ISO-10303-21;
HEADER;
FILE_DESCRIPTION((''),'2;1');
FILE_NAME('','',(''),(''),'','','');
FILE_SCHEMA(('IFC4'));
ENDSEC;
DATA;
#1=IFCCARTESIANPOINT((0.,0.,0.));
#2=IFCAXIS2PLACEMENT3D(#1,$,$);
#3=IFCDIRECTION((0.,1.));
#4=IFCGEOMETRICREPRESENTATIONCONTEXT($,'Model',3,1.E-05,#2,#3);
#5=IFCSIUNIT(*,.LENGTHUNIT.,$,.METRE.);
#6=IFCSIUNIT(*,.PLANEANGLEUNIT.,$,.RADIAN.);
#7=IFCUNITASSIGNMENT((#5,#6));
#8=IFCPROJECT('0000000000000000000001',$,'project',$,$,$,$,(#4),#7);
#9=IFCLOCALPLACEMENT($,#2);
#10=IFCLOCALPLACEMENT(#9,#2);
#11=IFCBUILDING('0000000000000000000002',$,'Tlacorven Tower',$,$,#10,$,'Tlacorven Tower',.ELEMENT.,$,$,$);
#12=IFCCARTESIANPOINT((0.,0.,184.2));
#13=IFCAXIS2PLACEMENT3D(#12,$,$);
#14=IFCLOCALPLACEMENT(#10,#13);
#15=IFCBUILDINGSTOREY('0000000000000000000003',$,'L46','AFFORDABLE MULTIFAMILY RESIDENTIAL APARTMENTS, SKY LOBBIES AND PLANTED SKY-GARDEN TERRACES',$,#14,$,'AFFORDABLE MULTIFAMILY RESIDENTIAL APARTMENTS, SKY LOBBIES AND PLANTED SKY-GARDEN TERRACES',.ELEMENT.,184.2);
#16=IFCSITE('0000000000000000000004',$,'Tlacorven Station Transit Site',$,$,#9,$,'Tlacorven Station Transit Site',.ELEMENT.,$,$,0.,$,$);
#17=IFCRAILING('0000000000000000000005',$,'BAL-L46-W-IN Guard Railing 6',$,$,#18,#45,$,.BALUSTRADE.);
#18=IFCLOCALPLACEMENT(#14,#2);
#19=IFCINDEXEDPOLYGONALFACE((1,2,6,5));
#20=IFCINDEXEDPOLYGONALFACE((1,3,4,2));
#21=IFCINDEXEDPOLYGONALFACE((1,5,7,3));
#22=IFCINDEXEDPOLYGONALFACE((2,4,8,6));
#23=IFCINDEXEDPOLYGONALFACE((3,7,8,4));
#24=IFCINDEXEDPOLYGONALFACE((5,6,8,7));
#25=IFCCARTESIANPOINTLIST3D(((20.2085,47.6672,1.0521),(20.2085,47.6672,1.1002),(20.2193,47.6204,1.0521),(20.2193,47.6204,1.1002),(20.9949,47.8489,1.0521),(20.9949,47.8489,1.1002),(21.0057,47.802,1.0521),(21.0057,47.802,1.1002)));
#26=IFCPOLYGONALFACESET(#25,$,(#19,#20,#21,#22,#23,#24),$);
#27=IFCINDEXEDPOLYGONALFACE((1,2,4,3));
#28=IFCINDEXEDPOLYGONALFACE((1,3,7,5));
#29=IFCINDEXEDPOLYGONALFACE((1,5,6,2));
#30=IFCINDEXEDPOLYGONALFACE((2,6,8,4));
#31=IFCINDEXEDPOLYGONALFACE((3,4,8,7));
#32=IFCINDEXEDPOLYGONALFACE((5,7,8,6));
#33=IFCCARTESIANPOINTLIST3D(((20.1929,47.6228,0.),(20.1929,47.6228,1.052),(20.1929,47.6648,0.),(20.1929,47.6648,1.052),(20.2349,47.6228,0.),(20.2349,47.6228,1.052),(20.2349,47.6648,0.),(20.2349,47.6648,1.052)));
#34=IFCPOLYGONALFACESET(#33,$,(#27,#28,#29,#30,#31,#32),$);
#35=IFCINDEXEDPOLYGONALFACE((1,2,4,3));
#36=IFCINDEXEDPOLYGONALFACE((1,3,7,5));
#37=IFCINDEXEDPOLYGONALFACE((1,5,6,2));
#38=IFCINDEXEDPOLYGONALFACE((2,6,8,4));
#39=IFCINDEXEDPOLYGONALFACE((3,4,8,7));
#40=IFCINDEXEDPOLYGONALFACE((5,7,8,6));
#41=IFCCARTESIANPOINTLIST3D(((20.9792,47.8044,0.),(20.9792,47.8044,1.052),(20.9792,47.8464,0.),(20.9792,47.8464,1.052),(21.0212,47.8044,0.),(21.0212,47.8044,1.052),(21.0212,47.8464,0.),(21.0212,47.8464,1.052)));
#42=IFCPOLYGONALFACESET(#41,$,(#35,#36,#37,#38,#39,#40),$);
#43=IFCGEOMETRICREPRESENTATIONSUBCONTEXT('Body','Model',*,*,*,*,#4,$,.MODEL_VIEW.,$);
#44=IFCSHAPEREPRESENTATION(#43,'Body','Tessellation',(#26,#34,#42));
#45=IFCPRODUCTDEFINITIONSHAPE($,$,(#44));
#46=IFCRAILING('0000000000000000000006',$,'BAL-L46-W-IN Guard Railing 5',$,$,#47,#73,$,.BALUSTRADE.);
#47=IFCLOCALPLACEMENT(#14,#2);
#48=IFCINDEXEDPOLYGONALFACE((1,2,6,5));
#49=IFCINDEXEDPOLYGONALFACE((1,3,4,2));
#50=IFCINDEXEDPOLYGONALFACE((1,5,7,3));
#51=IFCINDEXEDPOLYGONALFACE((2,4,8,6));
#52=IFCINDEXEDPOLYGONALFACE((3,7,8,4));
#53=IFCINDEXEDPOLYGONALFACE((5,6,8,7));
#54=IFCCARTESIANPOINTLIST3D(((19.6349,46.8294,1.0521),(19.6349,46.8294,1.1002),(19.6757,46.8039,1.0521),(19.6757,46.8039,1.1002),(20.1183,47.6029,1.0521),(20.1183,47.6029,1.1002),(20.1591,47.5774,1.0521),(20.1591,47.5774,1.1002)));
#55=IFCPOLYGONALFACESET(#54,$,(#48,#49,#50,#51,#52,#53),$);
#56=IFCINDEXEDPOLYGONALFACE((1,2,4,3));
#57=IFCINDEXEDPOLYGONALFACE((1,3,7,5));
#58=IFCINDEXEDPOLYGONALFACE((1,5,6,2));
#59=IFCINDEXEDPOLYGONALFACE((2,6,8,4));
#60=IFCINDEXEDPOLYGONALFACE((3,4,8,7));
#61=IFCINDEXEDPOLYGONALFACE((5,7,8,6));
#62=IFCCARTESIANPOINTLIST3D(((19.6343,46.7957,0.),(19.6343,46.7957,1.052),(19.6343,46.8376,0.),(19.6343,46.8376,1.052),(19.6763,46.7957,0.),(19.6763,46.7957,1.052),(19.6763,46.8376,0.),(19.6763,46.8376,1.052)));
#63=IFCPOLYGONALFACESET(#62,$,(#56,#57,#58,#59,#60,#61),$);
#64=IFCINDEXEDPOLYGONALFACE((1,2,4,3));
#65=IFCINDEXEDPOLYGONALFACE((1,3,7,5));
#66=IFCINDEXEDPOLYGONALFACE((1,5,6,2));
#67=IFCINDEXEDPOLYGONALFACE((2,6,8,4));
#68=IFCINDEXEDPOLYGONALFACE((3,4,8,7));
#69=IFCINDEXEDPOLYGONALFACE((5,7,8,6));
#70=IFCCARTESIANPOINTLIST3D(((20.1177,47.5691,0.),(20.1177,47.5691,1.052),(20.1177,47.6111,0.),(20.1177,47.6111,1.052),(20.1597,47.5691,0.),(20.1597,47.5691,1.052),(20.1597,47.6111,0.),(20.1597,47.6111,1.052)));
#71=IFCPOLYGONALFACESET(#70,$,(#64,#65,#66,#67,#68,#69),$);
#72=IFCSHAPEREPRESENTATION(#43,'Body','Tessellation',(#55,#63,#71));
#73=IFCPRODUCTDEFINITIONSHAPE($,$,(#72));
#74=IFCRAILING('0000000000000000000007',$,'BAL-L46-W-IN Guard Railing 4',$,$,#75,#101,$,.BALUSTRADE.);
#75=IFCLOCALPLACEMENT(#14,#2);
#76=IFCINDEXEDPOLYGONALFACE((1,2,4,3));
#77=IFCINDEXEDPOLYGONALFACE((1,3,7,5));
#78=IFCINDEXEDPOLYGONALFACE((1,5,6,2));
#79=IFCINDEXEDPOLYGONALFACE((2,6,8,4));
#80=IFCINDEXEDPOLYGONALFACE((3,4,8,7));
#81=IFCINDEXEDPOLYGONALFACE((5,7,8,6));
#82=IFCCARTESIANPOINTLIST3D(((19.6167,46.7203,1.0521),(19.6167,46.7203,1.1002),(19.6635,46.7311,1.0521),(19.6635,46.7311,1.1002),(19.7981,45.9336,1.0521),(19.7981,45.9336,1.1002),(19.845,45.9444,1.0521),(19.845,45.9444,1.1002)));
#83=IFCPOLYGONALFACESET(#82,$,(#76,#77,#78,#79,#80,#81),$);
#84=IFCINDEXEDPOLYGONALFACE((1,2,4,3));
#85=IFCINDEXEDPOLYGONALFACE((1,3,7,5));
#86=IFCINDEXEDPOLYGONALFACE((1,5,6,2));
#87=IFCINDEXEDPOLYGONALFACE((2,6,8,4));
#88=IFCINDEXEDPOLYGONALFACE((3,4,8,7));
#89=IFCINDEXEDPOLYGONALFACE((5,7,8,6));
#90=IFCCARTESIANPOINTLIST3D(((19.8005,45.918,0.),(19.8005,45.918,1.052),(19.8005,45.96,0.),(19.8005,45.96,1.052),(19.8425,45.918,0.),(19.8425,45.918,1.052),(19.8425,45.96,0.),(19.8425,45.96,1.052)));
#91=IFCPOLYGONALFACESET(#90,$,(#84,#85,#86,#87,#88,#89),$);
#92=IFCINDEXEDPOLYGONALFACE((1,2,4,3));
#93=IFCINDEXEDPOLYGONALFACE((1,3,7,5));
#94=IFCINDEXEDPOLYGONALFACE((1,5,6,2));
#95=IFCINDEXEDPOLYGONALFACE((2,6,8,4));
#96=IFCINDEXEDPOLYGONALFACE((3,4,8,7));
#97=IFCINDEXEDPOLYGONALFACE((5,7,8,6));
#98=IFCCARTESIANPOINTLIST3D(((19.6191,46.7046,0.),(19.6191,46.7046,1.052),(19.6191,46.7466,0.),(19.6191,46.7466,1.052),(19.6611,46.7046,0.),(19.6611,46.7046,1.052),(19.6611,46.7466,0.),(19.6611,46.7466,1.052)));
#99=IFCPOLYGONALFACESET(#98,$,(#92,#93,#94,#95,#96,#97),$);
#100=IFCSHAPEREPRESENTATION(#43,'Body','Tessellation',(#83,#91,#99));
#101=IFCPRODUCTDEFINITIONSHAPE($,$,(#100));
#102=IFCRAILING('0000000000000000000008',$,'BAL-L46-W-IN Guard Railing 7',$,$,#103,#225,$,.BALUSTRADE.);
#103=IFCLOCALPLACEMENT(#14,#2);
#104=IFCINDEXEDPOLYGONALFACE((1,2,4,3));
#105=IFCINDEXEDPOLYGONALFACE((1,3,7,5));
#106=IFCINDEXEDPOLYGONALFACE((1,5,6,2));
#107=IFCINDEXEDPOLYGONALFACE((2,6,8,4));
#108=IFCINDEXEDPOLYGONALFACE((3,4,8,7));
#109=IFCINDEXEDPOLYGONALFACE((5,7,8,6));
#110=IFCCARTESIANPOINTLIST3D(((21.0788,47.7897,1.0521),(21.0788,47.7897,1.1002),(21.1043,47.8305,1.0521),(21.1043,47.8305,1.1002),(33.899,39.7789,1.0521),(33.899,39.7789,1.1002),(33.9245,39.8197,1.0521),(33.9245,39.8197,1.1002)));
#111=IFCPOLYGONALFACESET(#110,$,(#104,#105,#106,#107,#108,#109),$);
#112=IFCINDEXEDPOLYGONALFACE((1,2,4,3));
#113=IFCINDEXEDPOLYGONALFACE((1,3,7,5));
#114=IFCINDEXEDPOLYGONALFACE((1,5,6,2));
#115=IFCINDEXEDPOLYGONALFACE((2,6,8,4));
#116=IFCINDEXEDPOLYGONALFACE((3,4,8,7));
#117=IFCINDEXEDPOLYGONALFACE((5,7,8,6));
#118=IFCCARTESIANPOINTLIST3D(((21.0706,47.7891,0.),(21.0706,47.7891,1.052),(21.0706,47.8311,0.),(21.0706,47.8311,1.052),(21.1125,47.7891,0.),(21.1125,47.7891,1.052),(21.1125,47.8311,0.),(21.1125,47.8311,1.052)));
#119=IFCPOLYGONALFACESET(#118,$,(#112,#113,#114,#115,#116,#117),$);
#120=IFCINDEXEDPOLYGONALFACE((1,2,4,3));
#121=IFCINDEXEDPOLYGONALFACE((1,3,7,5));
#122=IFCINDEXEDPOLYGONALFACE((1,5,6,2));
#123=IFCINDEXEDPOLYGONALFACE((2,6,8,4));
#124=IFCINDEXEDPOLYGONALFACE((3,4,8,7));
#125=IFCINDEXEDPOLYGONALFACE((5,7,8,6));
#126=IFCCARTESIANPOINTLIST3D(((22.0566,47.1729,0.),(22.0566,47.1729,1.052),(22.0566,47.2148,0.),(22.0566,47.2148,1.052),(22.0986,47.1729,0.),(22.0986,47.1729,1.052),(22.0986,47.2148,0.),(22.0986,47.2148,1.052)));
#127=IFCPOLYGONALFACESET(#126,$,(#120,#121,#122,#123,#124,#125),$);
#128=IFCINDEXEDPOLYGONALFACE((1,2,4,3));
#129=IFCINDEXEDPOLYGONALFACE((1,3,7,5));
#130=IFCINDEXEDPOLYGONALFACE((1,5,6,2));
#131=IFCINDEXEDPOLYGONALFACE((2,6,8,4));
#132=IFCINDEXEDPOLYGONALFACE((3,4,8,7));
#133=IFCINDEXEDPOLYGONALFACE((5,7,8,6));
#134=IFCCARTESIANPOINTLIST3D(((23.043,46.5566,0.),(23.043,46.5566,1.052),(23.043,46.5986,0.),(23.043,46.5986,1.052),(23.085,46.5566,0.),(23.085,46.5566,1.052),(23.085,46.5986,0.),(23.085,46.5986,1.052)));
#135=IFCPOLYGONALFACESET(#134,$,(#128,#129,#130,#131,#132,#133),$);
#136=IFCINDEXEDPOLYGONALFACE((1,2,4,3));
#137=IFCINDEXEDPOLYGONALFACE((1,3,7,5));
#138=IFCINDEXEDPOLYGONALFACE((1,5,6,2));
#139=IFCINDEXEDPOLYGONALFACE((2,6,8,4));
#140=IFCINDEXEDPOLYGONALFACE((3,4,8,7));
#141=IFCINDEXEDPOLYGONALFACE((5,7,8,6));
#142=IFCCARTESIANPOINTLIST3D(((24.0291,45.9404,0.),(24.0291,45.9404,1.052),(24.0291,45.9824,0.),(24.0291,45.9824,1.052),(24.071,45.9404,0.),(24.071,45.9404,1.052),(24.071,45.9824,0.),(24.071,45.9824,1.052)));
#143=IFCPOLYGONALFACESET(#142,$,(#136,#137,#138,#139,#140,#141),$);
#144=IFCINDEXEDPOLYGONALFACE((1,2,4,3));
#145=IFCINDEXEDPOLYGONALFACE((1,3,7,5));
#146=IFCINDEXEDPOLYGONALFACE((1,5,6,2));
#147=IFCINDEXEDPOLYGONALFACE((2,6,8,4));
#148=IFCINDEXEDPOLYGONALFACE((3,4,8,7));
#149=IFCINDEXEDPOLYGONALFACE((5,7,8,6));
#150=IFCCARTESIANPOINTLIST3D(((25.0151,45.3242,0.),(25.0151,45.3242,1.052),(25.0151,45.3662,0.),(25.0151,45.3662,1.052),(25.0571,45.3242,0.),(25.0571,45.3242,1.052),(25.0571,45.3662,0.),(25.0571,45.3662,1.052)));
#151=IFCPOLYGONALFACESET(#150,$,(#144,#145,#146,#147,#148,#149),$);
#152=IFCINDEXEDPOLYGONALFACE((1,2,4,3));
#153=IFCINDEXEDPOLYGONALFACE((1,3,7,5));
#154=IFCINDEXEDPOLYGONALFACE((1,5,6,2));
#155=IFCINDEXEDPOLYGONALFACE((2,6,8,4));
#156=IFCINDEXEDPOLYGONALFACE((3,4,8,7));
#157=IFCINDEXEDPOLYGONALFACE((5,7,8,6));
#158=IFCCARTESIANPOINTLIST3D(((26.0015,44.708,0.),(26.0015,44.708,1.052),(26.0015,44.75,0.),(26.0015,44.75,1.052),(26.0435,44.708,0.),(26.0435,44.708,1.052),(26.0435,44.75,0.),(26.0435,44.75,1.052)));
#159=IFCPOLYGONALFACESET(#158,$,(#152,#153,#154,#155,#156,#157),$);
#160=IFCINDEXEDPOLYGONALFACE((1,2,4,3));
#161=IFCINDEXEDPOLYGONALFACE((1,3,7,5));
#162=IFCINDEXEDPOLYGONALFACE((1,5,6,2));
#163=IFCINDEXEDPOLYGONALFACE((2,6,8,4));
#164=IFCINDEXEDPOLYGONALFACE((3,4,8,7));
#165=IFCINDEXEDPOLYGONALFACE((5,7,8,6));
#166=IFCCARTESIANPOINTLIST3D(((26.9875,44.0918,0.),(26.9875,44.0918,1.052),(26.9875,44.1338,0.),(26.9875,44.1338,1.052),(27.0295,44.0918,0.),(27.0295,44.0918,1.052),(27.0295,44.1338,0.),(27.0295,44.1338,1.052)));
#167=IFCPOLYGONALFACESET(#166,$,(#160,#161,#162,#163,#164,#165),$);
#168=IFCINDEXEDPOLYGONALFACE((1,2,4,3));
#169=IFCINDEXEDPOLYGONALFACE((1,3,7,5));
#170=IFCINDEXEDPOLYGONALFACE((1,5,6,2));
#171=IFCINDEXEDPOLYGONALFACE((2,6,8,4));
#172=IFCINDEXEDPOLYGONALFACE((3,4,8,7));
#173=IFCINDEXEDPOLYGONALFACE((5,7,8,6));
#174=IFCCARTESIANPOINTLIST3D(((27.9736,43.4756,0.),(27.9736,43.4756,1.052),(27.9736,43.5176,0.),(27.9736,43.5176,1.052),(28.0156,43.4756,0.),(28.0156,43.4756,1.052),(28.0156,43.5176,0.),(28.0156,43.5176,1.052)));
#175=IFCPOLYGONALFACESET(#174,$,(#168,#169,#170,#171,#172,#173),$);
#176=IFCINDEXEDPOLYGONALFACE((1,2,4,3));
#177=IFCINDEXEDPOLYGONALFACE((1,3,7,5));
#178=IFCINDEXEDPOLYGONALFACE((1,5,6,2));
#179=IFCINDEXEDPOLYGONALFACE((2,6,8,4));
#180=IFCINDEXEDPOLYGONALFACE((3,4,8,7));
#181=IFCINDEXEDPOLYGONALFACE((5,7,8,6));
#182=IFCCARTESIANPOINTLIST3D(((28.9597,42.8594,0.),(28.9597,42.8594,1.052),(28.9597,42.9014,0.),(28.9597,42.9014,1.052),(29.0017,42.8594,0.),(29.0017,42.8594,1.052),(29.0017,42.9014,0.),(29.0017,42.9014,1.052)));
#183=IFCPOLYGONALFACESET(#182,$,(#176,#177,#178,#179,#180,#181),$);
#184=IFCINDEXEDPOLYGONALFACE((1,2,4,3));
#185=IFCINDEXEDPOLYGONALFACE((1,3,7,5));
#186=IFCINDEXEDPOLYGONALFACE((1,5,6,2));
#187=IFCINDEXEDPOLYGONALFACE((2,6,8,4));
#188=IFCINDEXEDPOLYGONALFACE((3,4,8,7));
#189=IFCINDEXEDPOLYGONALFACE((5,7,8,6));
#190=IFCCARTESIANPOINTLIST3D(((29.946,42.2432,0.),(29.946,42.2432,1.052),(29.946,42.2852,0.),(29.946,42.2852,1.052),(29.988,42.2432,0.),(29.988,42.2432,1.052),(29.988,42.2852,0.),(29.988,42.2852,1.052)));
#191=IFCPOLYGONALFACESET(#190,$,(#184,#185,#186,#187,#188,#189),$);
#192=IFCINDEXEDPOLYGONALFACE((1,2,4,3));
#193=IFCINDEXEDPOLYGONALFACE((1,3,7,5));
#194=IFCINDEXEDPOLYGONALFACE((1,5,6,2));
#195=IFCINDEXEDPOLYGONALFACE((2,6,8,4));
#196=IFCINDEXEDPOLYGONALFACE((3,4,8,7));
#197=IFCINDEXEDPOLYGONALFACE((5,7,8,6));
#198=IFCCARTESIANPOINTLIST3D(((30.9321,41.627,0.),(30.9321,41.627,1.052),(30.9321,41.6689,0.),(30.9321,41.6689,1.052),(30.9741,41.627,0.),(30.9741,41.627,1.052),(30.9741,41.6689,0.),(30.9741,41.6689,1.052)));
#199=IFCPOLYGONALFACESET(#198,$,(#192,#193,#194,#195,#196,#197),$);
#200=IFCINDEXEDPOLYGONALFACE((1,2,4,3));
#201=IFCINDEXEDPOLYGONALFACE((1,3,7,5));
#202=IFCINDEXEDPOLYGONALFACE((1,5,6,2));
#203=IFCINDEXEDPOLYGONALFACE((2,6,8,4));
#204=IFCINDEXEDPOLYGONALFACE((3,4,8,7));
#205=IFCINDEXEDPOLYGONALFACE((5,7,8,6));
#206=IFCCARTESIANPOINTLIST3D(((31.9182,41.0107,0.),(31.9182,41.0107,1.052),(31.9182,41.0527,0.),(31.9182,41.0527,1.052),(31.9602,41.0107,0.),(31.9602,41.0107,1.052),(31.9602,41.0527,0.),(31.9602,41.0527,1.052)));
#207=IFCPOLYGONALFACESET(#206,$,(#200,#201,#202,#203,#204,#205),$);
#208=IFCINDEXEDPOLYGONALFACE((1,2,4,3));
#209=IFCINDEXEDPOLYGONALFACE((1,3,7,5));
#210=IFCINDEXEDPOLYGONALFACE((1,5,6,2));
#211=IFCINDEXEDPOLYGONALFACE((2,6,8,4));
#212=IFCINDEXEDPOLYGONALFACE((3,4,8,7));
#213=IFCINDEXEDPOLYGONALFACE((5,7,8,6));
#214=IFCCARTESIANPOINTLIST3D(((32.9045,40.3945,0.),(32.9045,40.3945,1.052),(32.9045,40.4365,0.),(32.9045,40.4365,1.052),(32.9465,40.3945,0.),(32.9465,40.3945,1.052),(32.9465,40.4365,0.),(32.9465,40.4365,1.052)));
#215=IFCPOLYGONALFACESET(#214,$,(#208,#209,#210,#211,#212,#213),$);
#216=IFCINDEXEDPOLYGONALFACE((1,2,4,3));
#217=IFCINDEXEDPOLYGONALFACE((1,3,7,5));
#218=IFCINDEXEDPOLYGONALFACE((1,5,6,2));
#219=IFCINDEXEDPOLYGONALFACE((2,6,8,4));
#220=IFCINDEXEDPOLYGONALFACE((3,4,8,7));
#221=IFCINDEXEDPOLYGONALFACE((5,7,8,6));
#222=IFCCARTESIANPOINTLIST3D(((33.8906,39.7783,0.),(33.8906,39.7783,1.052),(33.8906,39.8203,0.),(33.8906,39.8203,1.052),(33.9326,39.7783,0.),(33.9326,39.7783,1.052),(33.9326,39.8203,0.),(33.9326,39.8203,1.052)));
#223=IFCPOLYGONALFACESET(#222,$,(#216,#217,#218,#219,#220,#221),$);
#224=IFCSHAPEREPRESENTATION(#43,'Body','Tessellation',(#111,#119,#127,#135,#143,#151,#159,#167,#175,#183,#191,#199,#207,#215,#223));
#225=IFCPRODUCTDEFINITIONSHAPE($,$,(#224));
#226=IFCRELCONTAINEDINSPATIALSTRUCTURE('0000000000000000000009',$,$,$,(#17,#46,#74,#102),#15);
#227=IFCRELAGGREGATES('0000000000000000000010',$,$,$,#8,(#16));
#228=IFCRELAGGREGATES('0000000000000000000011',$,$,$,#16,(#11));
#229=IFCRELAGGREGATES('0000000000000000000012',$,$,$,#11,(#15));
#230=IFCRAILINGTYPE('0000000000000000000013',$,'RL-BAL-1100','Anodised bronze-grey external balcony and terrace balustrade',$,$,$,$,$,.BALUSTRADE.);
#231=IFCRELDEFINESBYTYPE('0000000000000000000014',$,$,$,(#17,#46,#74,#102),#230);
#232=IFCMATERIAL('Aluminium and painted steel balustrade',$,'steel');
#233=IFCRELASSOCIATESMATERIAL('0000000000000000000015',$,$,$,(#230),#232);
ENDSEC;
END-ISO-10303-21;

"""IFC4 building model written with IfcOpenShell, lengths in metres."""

from ifc_helpers import new_model, si_unit, direction, frame, origin, origin_2d, place, context, subcontext, project, spatial, rectangle, extrude, source, transform, mapped, material, type_object, element, save


model = new_model("IFC4")

# Units and contexts
model_context = context("Model", 3, precision=1e-05, world=origin(), true_north=direction((0.0, 1.0)))
body_context = subcontext(model_context, "Body", "Model", "MODEL_VIEW")
ifc_project = project(units=[si_unit("LENGTHUNIT", "METRE"), si_unit("PLANEANGLEUNIT", "RADIAN")], contexts=[model_context])

# Site, building, storey
site_placement = place(None, origin())
site = spatial("IfcSite", under=ifc_project, at=site_placement, Name="Tlacorven Station Transit Site", LongName="Tlacorven Station Transit Site", CompositionType="ELEMENT", RefElevation=0.0)
building_placement = place(site_placement, origin())
building = spatial("IfcBuilding", under=site, at=building_placement, Name="Tlacorven Tower", LongName="Tlacorven Tower", CompositionType="ELEMENT")
storey_placement = place(building_placement, frame((0.0, 0.0, 184.2)))
storey = spatial("IfcBuildingStorey", under=building, at=storey_placement, Name="L46", Description="AFFORDABLE MULTIFAMILY RESIDENTIAL APARTMENTS, SKY LOBBIES AND PLANTED SKY-GARDEN TERRACES", LongName="AFFORDABLE MULTIFAMILY RESIDENTIAL APARTMENTS, SKY LOBBIES AND PLANTED SKY-GARDEN TERRACES", CompositionType="ELEMENT", Elevation=184.2)

# Railings
ifc_material_1 = material(Name="Aluminium and painted steel balustrade", Category="steel")
railing_type = type_object("IfcRailingType", Name="RL-BAL-1100", Description="Anodised bronze-grey external balcony and terrace balustrade", PredefinedType="BALUSTRADE", material=ifc_material_1)
shared_shape_1 = source(origin(), body_context, "Body", "SweptSolid", [
    extrude(rectangle(XDim=0.0481, YDim=0.0481, at=origin_2d()), frame((0.0, 0.0, 1.0762), z_axis=(0.974345, 0.225058, 0.0), x_axis=(-0.225058, 0.974345, 0.0)), (0.0, 0.0, 1.0), 0.8071),
    extrude(rectangle(XDim=0.042, YDim=0.042, at=origin_2d()), origin(), (0.0, 0.0, 1.0), 1.052),
    extrude(rectangle(XDim=0.042, YDim=0.042, at=origin_2d()), frame((0.7864, 0.1816, 0.0)), (0.0, 0.0, 1.0), 1.052),
])
railing_1_placement = place(storey_placement, frame((20.2139, 47.6438, 0.0)))
element("IfcRailing", 1, at=railing_1_placement, inside=storey, type_object=railing_type, Name="BAL-L46-W-IN Guard Railing 6", PredefinedType="BALUSTRADE", context=body_context, shape_type="MappedRepresentation", body=[
    mapped(shared_shape_1, transform((0.0, 0.0, 0.0), scale=1.0)),
])
shared_shape_2 = source(origin(), body_context, "Body", "SweptSolid", [
    extrude(rectangle(XDim=0.0481, YDim=0.0481, at=origin_2d()), frame((0.0, 0.0, 1.0762), z_axis=(0.529999, 0.847998, 0.0), x_axis=(-0.847998, 0.529999, 0.0)), (0.0, 0.0, 1.0), 0.9121),
    extrude(rectangle(XDim=0.042, YDim=0.042, at=origin_2d()), origin(), (0.0, 0.0, 1.0), 1.052),
    extrude(rectangle(XDim=0.042, YDim=0.042, at=origin_2d()), frame((0.4834, 0.7734, 0.0)), (0.0, 0.0, 1.0), 1.052),
])
railing_2_placement = place(storey_placement, frame((19.6553, 46.8167, 0.0)))
element("IfcRailing", 2, at=railing_2_placement, inside=storey, type_object=railing_type, Name="BAL-L46-W-IN Guard Railing 5", PredefinedType="BALUSTRADE", context=body_context, shape_type="MappedRepresentation", body=[
    mapped(shared_shape_2, transform((0.0, 0.0, 0.0), scale=1.0)),
])
shared_shape_3 = source(origin(), body_context, "Body", "SweptSolid", [
    extrude(rectangle(XDim=0.0481, YDim=0.0481, at=origin_2d()), frame((0.0, 0.0, 1.0762), z_axis=(-0.224705, 0.974427, 0.0), x_axis=(-0.974427, -0.224705, 0.0)), (0.0, 0.0, 1.0), 0.8074),
    extrude(rectangle(XDim=0.042, YDim=0.042, at=origin_2d()), origin(), (0.0, 0.0, 1.0), 1.052),
    extrude(rectangle(XDim=0.042, YDim=0.042, at=origin_2d()), frame((-0.1814, 0.7866, 0.0)), (0.0, 0.0, 1.0), 1.052),
])
railing_3_placement = place(storey_placement, frame((19.8215, 45.939, 0.0)))
element("IfcRailing", 3, at=railing_3_placement, inside=storey, type_object=railing_type, Name="BAL-L46-W-IN Guard Railing 4", PredefinedType="BALUSTRADE", context=body_context, shape_type="MappedRepresentation", body=[
    mapped(shared_shape_3, transform((0.0, 0.0, 0.0), scale=1.0)),
])
shared_shape_4 = source(origin(), body_context, "Body", "SweptSolid", [
    extrude(rectangle(XDim=0.0481, YDim=0.0481, at=origin_2d()), frame((0.0, 0.0, 1.0762), z_axis=(0.848052, -0.529913, 0.0), x_axis=(0.529913, 0.848052, 0.0)), (0.0, 0.0, 1.0), 15.1172),
    extrude(rectangle(XDim=0.042, YDim=0.042, at=origin_2d()), origin(), (0.0, 0.0, 1.0), 1.052),
    extrude(rectangle(XDim=0.042, YDim=0.042, at=origin_2d()), frame((0.9861, -0.6162, 0.0)), (0.0, 0.0, 1.0), 1.052),
    extrude(rectangle(XDim=0.042, YDim=0.042, at=origin_2d()), frame((1.9724, -1.2324, 0.0)), (0.0, 0.0, 1.0), 1.052),
    extrude(rectangle(XDim=0.042, YDim=0.042, at=origin_2d()), frame((2.9585, -1.8486, 0.0)), (0.0, 0.0, 1.0), 1.052),
    extrude(rectangle(XDim=0.042, YDim=0.042, at=origin_2d()), frame((3.9446, -2.4648, 0.0)), (0.0, 0.0, 1.0), 1.052),
    extrude(rectangle(XDim=0.042, YDim=0.042, at=origin_2d()), frame((4.9309, -3.0811, 0.0)), (0.0, 0.0, 1.0), 1.052),
    extrude(rectangle(XDim=0.042, YDim=0.042, at=origin_2d()), frame((5.917, -3.6973, 0.0)), (0.0, 0.0, 1.0), 1.052),
    extrude(rectangle(XDim=0.042, YDim=0.042, at=origin_2d()), frame((6.9031, -4.3135, 0.0)), (0.0, 0.0, 1.0), 1.052),
    extrude(rectangle(XDim=0.042, YDim=0.042, at=origin_2d()), frame((7.8892, -4.9297, 0.0)), (0.0, 0.0, 1.0), 1.052),
    extrude(rectangle(XDim=0.042, YDim=0.042, at=origin_2d()), frame((8.8755, -5.5459, 0.0)), (0.0, 0.0, 1.0), 1.052),
    extrude(rectangle(XDim=0.042, YDim=0.042, at=origin_2d()), frame((9.8616, -6.1621, 0.0)), (0.0, 0.0, 1.0), 1.052),
    extrude(rectangle(XDim=0.042, YDim=0.042, at=origin_2d()), frame((10.8477, -6.7783, 0.0)), (0.0, 0.0, 1.0), 1.052),
    extrude(rectangle(XDim=0.042, YDim=0.042, at=origin_2d()), frame((11.834, -7.3945, 0.0)), (0.0, 0.0, 1.0), 1.052),
    extrude(rectangle(XDim=0.042, YDim=0.042, at=origin_2d()), frame((12.8201, -8.0107, 0.0)), (0.0, 0.0, 1.0), 1.052),
])
railing_4_placement = place(storey_placement, frame((21.0916, 47.8101, 0.0)))
element("IfcRailing", 4, at=railing_4_placement, inside=storey, type_object=railing_type, Name="BAL-L46-W-IN Guard Railing 7", PredefinedType="BALUSTRADE", context=body_context, shape_type="MappedRepresentation", body=[
    mapped(shared_shape_4, transform((0.0, 0.0, 0.0), scale=1.0)),
])

save(model, "model.ifc")
